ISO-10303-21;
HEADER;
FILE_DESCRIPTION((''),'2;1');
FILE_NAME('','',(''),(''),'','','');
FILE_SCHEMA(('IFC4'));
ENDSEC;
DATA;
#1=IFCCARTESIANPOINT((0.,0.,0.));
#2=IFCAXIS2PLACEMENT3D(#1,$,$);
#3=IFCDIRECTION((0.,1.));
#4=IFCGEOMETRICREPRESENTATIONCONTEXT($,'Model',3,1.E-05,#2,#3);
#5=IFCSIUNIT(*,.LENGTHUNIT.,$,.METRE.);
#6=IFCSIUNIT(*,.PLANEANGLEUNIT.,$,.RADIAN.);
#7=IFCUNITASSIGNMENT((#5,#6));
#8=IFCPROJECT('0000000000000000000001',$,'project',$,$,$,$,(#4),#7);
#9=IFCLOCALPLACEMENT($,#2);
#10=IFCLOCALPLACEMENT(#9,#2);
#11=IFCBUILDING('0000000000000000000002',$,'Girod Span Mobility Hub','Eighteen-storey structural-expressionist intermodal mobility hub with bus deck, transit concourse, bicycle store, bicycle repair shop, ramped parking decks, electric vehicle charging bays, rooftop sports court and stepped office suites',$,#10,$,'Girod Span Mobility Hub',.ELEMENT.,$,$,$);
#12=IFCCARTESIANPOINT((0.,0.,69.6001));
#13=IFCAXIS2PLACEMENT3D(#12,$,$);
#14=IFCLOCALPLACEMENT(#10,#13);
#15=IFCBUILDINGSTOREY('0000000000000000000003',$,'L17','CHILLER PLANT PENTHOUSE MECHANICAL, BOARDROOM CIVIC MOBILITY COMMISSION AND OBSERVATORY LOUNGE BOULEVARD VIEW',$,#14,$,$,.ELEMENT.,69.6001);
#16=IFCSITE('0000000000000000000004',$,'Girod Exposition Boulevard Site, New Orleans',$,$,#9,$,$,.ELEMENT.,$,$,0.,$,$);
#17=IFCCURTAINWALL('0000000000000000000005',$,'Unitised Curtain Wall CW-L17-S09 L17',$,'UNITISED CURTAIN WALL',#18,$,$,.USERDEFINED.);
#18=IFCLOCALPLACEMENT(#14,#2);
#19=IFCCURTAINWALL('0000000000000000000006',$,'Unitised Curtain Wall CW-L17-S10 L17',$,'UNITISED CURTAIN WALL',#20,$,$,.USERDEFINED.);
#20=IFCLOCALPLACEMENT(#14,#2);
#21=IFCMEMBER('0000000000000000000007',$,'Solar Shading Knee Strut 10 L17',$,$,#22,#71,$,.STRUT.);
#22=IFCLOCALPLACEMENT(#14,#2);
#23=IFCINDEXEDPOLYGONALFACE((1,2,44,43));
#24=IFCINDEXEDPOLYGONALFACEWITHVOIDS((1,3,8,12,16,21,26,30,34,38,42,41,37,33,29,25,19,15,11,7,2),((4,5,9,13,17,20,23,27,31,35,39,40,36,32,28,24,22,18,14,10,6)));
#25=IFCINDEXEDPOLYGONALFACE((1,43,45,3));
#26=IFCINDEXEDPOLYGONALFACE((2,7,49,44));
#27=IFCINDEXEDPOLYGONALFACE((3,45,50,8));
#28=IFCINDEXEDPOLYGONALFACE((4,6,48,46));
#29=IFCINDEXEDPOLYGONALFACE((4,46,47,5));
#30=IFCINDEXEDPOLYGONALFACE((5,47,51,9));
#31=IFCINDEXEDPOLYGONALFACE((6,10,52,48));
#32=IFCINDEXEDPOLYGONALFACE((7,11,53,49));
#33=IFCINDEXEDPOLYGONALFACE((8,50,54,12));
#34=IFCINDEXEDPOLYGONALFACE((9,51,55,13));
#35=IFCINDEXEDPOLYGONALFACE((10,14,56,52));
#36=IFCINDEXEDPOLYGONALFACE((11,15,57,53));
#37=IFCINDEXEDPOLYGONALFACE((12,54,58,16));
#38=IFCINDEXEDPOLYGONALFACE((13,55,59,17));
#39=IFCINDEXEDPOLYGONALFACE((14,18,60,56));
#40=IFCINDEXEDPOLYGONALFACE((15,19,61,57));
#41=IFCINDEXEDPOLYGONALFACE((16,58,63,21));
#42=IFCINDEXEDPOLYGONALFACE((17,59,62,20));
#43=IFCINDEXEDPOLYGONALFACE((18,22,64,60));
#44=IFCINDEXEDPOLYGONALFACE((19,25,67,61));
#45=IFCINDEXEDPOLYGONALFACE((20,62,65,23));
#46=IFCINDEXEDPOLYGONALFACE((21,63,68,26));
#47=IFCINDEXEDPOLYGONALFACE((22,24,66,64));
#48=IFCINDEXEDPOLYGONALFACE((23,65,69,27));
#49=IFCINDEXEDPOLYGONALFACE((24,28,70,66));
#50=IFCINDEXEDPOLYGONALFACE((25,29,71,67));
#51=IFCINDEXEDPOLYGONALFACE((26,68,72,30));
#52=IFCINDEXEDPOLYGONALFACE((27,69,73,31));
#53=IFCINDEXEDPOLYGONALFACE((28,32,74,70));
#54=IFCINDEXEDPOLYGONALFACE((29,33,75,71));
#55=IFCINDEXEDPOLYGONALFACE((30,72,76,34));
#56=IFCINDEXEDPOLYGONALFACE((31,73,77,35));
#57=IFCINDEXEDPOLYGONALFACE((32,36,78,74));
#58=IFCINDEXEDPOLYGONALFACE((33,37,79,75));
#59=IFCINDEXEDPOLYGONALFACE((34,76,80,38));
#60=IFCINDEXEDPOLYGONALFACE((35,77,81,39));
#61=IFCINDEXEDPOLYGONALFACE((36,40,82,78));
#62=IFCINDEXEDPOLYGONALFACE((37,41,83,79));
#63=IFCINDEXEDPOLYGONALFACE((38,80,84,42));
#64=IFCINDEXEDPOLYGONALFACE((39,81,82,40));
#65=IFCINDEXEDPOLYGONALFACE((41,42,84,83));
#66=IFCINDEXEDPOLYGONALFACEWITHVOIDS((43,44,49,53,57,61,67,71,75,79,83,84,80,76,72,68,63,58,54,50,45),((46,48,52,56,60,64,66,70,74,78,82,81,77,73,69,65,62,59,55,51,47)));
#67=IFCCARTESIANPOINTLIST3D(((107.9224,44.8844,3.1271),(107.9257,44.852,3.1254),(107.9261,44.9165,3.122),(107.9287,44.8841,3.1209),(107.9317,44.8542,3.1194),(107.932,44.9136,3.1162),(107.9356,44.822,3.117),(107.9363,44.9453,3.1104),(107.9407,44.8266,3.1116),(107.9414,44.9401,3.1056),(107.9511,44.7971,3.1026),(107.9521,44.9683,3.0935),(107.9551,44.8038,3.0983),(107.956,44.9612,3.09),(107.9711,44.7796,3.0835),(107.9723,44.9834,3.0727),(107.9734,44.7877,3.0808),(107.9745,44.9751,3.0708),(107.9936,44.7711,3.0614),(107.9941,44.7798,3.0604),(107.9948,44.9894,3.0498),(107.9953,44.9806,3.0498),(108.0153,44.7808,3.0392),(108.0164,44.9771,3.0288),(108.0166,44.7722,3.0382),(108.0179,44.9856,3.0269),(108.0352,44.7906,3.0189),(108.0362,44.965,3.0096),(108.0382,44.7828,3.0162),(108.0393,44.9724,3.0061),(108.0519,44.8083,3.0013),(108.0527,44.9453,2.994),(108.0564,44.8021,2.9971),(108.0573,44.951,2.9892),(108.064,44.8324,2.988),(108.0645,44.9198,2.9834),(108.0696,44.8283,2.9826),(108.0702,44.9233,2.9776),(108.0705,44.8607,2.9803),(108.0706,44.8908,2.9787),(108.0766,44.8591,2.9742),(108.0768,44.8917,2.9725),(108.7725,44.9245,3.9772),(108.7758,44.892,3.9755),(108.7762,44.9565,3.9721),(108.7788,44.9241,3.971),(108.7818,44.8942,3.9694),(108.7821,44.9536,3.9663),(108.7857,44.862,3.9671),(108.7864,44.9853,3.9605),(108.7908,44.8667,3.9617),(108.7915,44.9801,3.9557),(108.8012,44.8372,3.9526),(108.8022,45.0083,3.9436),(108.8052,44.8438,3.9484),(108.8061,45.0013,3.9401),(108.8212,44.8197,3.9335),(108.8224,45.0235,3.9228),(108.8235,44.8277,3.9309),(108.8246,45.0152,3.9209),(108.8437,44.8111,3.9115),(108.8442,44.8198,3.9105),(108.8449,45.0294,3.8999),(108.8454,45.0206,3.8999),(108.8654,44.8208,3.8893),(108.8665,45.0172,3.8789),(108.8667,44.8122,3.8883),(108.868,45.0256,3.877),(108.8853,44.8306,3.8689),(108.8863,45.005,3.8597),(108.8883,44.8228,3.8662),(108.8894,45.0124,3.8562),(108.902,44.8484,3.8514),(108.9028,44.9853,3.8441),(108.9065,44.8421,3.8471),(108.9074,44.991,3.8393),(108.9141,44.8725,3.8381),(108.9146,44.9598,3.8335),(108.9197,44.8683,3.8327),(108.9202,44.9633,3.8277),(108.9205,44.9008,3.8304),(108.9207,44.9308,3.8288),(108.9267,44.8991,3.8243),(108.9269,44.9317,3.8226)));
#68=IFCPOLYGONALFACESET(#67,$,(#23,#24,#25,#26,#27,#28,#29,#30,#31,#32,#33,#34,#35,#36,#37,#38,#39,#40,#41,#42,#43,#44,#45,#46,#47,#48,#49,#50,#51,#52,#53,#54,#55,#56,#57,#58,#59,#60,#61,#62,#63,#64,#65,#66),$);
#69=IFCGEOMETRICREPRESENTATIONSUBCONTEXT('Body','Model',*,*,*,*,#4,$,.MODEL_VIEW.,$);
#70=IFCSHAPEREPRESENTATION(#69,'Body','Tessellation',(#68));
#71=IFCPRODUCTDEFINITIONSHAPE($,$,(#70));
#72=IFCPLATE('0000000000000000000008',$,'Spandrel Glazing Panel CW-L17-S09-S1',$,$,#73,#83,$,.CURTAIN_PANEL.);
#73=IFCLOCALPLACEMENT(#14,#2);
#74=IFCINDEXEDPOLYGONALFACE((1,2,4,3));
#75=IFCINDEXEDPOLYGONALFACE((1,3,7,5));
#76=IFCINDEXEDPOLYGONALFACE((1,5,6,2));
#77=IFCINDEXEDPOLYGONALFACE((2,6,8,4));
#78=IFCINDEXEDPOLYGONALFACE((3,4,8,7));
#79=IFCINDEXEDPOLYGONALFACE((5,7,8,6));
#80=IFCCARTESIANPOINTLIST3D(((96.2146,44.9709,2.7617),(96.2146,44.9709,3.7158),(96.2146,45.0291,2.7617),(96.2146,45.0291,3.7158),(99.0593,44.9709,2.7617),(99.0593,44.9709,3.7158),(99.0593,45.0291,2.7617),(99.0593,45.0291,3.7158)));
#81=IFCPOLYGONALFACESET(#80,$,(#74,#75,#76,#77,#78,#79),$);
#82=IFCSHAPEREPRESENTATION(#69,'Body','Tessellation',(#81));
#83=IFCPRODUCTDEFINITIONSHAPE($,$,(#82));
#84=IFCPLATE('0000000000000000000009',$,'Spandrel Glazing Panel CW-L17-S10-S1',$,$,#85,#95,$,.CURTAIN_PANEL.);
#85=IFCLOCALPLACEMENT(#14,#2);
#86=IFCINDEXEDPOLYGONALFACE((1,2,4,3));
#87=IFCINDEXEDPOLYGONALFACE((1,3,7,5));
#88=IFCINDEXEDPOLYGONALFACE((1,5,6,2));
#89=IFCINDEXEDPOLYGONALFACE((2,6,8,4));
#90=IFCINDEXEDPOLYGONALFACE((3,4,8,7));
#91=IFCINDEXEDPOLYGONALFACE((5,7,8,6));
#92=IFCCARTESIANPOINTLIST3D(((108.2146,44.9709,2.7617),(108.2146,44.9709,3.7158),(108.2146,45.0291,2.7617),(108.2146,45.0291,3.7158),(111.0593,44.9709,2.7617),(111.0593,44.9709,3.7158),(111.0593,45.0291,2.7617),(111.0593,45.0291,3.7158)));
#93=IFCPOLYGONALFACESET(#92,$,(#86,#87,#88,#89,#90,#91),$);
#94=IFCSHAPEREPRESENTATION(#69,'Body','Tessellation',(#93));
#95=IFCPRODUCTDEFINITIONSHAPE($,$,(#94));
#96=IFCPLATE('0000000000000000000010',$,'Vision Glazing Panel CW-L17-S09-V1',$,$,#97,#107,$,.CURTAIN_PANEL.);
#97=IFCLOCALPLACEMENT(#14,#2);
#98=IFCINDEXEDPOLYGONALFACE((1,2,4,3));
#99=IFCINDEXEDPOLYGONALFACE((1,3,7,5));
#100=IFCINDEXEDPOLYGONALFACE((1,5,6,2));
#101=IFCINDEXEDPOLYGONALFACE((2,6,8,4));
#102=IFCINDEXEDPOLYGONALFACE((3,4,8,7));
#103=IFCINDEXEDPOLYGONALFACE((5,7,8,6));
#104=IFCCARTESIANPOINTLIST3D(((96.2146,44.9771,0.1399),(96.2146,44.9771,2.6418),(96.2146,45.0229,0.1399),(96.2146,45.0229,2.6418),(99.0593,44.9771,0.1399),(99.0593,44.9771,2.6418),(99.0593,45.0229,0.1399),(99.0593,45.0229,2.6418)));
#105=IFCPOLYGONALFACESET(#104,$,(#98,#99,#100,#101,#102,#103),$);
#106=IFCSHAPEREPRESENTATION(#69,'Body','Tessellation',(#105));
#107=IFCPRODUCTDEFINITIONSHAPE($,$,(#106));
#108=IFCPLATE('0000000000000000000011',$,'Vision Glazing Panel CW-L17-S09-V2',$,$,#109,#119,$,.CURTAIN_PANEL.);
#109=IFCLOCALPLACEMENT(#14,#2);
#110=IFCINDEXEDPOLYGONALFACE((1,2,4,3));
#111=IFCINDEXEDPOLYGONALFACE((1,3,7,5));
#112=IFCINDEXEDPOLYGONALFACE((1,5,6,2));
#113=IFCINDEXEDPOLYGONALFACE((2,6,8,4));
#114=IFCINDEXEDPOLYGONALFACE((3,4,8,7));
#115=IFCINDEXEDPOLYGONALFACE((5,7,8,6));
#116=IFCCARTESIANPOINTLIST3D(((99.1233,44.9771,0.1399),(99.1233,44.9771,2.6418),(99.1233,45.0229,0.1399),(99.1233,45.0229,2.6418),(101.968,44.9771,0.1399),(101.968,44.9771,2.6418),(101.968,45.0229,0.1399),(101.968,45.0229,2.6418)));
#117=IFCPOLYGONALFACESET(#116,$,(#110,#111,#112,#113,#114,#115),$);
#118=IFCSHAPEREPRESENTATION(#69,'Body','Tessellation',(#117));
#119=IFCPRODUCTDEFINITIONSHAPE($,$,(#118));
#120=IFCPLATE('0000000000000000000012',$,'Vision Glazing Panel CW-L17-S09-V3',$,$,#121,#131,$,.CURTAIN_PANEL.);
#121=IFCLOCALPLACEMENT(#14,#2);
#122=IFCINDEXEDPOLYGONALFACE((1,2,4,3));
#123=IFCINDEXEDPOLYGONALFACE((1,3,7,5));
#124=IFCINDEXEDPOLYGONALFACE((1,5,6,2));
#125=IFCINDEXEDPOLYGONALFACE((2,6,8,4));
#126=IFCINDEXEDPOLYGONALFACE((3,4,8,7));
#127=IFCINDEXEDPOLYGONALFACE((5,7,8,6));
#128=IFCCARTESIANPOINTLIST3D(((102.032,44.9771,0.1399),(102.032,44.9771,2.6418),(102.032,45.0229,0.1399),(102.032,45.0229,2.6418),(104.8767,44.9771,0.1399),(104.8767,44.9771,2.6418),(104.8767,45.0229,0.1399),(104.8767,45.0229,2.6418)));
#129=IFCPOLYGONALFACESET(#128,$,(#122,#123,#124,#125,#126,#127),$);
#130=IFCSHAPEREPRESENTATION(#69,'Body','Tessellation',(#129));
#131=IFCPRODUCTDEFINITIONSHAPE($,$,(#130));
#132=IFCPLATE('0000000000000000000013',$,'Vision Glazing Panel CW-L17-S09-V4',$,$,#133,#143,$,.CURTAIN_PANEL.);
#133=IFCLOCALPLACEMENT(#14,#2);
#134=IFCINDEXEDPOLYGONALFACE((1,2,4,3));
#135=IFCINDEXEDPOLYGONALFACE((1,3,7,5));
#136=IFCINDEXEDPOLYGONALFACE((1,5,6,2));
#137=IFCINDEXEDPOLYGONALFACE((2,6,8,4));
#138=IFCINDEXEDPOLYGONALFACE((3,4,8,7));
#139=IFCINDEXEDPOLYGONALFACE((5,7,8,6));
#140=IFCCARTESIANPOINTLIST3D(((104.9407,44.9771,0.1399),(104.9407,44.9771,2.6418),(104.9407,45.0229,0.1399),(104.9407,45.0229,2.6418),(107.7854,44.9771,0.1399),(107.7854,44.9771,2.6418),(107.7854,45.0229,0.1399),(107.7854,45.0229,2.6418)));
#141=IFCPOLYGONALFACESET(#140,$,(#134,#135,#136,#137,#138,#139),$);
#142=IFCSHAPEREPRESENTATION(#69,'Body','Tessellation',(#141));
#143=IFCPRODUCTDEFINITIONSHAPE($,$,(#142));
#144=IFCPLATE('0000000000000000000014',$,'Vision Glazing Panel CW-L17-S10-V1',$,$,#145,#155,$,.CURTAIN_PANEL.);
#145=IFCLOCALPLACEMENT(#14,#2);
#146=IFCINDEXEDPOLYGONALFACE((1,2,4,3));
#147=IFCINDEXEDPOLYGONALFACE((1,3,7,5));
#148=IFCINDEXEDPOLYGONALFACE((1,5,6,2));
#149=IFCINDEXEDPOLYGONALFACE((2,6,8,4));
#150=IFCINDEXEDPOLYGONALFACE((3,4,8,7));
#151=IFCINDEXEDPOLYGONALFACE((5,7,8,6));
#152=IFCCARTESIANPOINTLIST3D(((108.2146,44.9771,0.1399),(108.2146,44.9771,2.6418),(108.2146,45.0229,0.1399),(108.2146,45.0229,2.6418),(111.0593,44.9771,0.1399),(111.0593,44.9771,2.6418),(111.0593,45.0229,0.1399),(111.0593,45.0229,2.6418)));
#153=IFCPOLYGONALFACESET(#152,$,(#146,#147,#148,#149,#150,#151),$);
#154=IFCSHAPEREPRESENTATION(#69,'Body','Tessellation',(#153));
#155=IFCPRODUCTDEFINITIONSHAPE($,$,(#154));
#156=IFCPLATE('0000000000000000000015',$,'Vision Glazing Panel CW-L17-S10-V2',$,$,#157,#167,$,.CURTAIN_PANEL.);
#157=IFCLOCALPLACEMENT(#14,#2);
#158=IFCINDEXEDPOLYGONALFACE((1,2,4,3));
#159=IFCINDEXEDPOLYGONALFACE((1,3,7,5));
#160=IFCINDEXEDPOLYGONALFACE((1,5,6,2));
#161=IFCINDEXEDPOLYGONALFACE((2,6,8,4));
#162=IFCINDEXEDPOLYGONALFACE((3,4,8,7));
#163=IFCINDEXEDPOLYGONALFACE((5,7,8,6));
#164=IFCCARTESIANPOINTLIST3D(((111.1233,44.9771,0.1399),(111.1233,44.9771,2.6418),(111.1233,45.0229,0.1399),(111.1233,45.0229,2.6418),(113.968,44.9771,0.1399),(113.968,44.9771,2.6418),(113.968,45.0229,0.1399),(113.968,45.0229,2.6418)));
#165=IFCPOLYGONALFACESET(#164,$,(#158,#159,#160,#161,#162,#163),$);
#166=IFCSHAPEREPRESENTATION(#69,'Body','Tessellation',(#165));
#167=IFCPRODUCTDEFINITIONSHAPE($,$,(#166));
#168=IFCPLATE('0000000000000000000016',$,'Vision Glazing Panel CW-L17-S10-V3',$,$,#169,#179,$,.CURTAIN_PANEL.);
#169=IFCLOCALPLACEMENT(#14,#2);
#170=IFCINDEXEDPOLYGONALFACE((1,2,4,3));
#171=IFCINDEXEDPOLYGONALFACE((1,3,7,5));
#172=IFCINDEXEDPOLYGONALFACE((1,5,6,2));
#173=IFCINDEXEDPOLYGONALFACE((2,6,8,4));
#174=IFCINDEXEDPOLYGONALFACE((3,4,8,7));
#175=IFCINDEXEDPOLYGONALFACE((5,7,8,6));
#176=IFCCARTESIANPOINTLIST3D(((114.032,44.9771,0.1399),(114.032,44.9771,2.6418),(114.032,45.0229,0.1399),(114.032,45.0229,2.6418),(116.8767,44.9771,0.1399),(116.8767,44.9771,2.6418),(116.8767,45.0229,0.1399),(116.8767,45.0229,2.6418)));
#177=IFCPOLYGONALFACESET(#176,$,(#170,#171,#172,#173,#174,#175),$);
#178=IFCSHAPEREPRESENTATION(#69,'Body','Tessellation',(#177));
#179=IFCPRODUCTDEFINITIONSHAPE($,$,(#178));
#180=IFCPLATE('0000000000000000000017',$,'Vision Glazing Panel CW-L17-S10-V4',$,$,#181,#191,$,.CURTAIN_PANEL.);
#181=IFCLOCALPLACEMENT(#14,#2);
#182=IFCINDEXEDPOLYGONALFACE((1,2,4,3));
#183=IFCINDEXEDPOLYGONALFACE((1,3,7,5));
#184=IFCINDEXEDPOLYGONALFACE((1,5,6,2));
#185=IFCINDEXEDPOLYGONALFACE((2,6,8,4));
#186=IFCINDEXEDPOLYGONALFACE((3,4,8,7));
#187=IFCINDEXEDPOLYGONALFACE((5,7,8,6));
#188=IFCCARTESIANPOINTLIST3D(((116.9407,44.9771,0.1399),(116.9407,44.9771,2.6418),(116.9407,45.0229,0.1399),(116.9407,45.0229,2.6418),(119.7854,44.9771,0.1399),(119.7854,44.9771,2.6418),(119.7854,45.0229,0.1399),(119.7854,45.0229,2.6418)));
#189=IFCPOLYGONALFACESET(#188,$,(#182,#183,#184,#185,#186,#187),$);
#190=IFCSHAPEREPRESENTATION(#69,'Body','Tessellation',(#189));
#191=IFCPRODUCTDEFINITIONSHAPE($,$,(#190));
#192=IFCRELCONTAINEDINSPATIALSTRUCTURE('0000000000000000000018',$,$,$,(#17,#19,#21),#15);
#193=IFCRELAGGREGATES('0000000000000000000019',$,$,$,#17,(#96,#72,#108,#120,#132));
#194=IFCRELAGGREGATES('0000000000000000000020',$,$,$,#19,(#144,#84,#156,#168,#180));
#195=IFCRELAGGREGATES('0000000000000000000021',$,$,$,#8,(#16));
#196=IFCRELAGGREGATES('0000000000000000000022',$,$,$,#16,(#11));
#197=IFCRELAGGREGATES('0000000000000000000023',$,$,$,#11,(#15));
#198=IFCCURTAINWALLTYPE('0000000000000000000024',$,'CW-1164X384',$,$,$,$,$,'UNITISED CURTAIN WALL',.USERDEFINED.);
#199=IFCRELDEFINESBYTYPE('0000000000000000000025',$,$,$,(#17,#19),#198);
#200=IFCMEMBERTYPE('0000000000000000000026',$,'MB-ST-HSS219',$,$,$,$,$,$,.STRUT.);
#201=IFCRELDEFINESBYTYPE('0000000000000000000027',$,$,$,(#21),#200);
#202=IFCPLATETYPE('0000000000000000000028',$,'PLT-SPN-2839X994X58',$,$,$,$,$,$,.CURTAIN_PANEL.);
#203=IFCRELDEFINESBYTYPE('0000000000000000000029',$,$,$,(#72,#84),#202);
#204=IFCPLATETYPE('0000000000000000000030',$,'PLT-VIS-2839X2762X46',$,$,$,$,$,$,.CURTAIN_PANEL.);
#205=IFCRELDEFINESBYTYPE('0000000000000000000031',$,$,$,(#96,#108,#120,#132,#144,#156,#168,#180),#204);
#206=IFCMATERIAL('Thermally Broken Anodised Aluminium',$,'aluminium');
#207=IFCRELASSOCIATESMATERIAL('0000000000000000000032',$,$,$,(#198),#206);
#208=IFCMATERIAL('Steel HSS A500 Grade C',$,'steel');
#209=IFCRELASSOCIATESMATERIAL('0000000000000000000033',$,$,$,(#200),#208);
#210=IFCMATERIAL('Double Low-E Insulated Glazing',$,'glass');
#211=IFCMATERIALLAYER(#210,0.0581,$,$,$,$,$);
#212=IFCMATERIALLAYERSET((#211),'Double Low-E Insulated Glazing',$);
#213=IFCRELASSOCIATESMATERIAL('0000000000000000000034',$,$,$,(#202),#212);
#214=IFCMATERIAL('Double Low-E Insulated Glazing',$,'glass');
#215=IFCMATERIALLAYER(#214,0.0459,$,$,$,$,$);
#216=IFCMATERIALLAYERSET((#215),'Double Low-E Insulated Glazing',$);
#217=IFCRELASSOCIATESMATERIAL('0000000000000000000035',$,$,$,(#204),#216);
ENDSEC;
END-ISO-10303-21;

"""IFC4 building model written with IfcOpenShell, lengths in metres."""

from ifc_helpers import new_model, si_unit, direction, frame, origin, origin_2d, place, context, subcontext, project, spatial, rectangle, hollow_circle, extrude, material, layer, layer_set, material_profile, profile_set, type_object, element, aggregate, save


model = new_model("IFC4")

# Units and contexts
model_context = context("Model", 3, precision=1e-05, world=origin(), true_north=direction((0.0, 1.0)))
body_context = subcontext(model_context, "Body", "Model", "MODEL_VIEW")
ifc_project = project(units=[si_unit("LENGTHUNIT", "METRE"), si_unit("PLANEANGLEUNIT", "RADIAN")], contexts=[model_context])

# Site, building, storey
site_placement = place(None, origin())
site = spatial("IfcSite", under=ifc_project, at=site_placement, Name="Girod Exposition Boulevard Site, New Orleans", CompositionType="ELEMENT", RefElevation=0.0)
building_placement = place(site_placement, origin())
building = spatial("IfcBuilding", under=site, at=building_placement, Name="Girod Span Mobility Hub", Description="Eighteen-storey structural-expressionist intermodal mobility hub with bus deck, transit concourse, bicycle store, bicycle repair shop, ramped parking decks, electric vehicle charging bays, rooftop sports court and stepped office suites", LongName="Girod Span Mobility Hub", CompositionType="ELEMENT")
storey_placement = place(building_placement, frame((0.0, 0.0, 69.6001)))
storey = spatial("IfcBuildingStorey", under=building, at=storey_placement, Name="L17", Description="CHILLER PLANT PENTHOUSE MECHANICAL, BOARDROOM CIVIC MOBILITY COMMISSION AND OBSERVATORY LOUNGE BOULEVARD VIEW", CompositionType="ELEMENT", Elevation=69.6001)

# Curtain walls
ifc_material_1 = material(Name="Thermally Broken Anodised Aluminium", Category="aluminium")
curtain_wall_type = type_object("IfcCurtainWallType", Name="CW-1164X384", ElementType="UNITISED CURTAIN WALL", PredefinedType="USERDEFINED", material=ifc_material_1)
curtain_wall_1_placement = place(storey_placement, origin())
curtain_wall_1 = element("IfcCurtainWall", 1, at=curtain_wall_1_placement, inside=storey, type_object=curtain_wall_type, Name="Unitised Curtain Wall CW-L17-S09 L17", ObjectType="UNITISED CURTAIN WALL", PredefinedType="USERDEFINED")
curtain_wall_2_placement = place(storey_placement, origin())
curtain_wall_2 = element("IfcCurtainWall", 2, at=curtain_wall_2_placement, inside=storey, type_object=curtain_wall_type, Name="Unitised Curtain Wall CW-L17-S10 L17", ObjectType="UNITISED CURTAIN WALL", PredefinedType="USERDEFINED")

# Member
ifc_material_2 = material(Name="Steel HSS A500 Grade C", Category="steel")
ifc_material_profile_1 = material_profile(ifc_material_2, hollow_circle(Radius=0.1096, WallThickness=0.0088, at=origin_2d()), Name="HSS219X9.5")
ifc_profile_set_1 = profile_set([ifc_material_profile_1], Name="Steel HSS A500 Grade C")
member_type_1 = type_object("IfcMemberType", Name="MB-ST-HSS219", PredefinedType="STRUT", material=ifc_profile_set_1)
member_1_placement = place(storey_placement, frame((108.0, 44.8799, 3.0498), z_axis=(0.706715, 0.033286, 0.706715), x_axis=(-0.047047, 0.998893, 0.0)))
element("IfcMember", 3, at=member_1_placement, inside=storey, type_object=member_type_1, Name="Solar Shading Knee Strut 10 L17", PredefinedType="STRUT", context=body_context, shape_type="SweptSolid", body=[
    extrude(hollow_circle(Radius=0.1096, WallThickness=0.0088, at=origin_2d()), origin(), (0.0, 0.0, 1.0), 1.2029),
])

# Plates
ifc_material_3 = material(Name="Double Low-E Insulated Glazing", Category="glass")
ifc_layer_1 = layer(ifc_material_3, 0.0581)
ifc_layer_set_1 = layer_set([ifc_layer_1], Name="Double Low-E Insulated Glazing")
plate_type_1 = type_object("IfcPlateType", Name="PLT-SPN-2839X994X58", PredefinedType="CURTAIN_PANEL", material=ifc_layer_set_1)
plate_1_placement = place(storey_placement, frame((97.637, 45.0, 2.7617), z_axis=(0.0, 0.0, 1.0), x_axis=(1.0, 0.0, 0.0)))
plate_1 = element("IfcPlate", 4, at=plate_1_placement, type_object=plate_type_1, Name="Spandrel Glazing Panel CW-L17-S09-S1", PredefinedType="CURTAIN_PANEL", context=body_context, shape_type="SweptSolid", body=[
    extrude(rectangle(XDim=2.8447, YDim=0.0581, at=origin_2d()), origin(), (0.0, 0.0, 1.0), 0.9541),
])
plate_2_placement = place(storey_placement, frame((109.637, 45.0, 2.7617), z_axis=(0.0, 0.0, 1.0), x_axis=(1.0, 0.0, 0.0)))
plate_2 = element("IfcPlate", 5, at=plate_2_placement, type_object=plate_type_1, Name="Spandrel Glazing Panel CW-L17-S10-S1", PredefinedType="CURTAIN_PANEL", context=body_context, shape_type="SweptSolid", body=[
    extrude(rectangle(XDim=2.8447, YDim=0.0581, at=origin_2d()), origin(), (0.0, 0.0, 1.0), 0.9541),
])
ifc_material_4 = material(Name="Double Low-E Insulated Glazing", Category="glass")
ifc_layer_2 = layer(ifc_material_4, 0.0459)
ifc_layer_set_2 = layer_set([ifc_layer_2], Name="Double Low-E Insulated Glazing")
plate_type_2 = type_object("IfcPlateType", Name="PLT-VIS-2839X2762X46", PredefinedType="CURTAIN_PANEL", material=ifc_layer_set_2)
plate_3_placement = place(storey_placement, frame((97.637, 45.0, 0.1399), z_axis=(0.0, 0.0, 1.0), x_axis=(1.0, 0.0, 0.0)))
plate_3 = element("IfcPlate", 6, at=plate_3_placement, type_object=plate_type_2, Name="Vision Glazing Panel CW-L17-S09-V1", PredefinedType="CURTAIN_PANEL", context=body_context, shape_type="SweptSolid", body=[
    extrude(rectangle(XDim=2.8447, YDim=0.0459, at=origin_2d()), origin(), (0.0, 0.0, 1.0), 2.502),
])
plate_4_placement = place(storey_placement, frame((100.5457, 45.0, 0.1399), z_axis=(0.0, 0.0, 1.0), x_axis=(1.0, 0.0, 0.0)))
plate_4 = element("IfcPlate", 7, at=plate_4_placement, type_object=plate_type_2, Name="Vision Glazing Panel CW-L17-S09-V2", PredefinedType="CURTAIN_PANEL", context=body_context, shape_type="SweptSolid", body=[
    extrude(rectangle(XDim=2.8447, YDim=0.0459, at=origin_2d()), origin(), (0.0, 0.0, 1.0), 2.502),
])
plate_5_placement = place(storey_placement, frame((103.4543, 45.0, 0.1399), z_axis=(0.0, 0.0, 1.0), x_axis=(1.0, 0.0, 0.0)))
plate_5 = element("IfcPlate", 8, at=plate_5_placement, type_object=plate_type_2, Name="Vision Glazing Panel CW-L17-S09-V3", PredefinedType="CURTAIN_PANEL", context=body_context, shape_type="SweptSolid", body=[
    extrude(rectangle(XDim=2.8447, YDim=0.0459, at=origin_2d()), origin(), (0.0, 0.0, 1.0), 2.502),
])
plate_6_placement = place(storey_placement, frame((106.363, 45.0, 0.1399), z_axis=(0.0, 0.0, 1.0), x_axis=(1.0, 0.0, 0.0)))
plate_6 = element("IfcPlate", 9, at=plate_6_placement, type_object=plate_type_2, Name="Vision Glazing Panel CW-L17-S09-V4", PredefinedType="CURTAIN_PANEL", context=body_context, shape_type="SweptSolid", body=[
    extrude(rectangle(XDim=2.8447, YDim=0.0459, at=origin_2d()), origin(), (0.0, 0.0, 1.0), 2.502),
])
aggregate(curtain_wall_1, [plate_3, plate_1, plate_4, plate_5, plate_6])
plate_7_placement = place(storey_placement, frame((109.637, 45.0, 0.1399), z_axis=(0.0, 0.0, 1.0), x_axis=(1.0, 0.0, 0.0)))
plate_7 = element("IfcPlate", 10, at=plate_7_placement, type_object=plate_type_2, Name="Vision Glazing Panel CW-L17-S10-V1", PredefinedType="CURTAIN_PANEL", context=body_context, shape_type="SweptSolid", body=[
    extrude(rectangle(XDim=2.8447, YDim=0.0459, at=origin_2d()), origin(), (0.0, 0.0, 1.0), 2.502),
])
plate_8_placement = place(storey_placement, frame((112.5457, 45.0, 0.1399), z_axis=(0.0, 0.0, 1.0), x_axis=(1.0, 0.0, 0.0)))
plate_8 = element("IfcPlate", 11, at=plate_8_placement, type_object=plate_type_2, Name="Vision Glazing Panel CW-L17-S10-V2", PredefinedType="CURTAIN_PANEL", context=body_context, shape_type="SweptSolid", body=[
    extrude(rectangle(XDim=2.8447, YDim=0.0459, at=origin_2d()), origin(), (0.0, 0.0, 1.0), 2.502),
])
plate_9_placement = place(storey_placement, frame((115.4543, 45.0, 0.1399), z_axis=(0.0, 0.0, 1.0), x_axis=(1.0, 0.0, 0.0)))
plate_9 = element("IfcPlate", 12, at=plate_9_placement, type_object=plate_type_2, Name="Vision Glazing Panel CW-L17-S10-V3", PredefinedType="CURTAIN_PANEL", context=body_context, shape_type="SweptSolid", body=[
    extrude(rectangle(XDim=2.8447, YDim=0.0459, at=origin_2d()), origin(), (0.0, 0.0, 1.0), 2.502),
])
plate_10_placement = place(storey_placement, frame((118.363, 45.0, 0.1399), z_axis=(0.0, 0.0, 1.0), x_axis=(1.0, 0.0, 0.0)))
plate_10 = element("IfcPlate", 13, at=plate_10_placement, type_object=plate_type_2, Name="Vision Glazing Panel CW-L17-S10-V4", PredefinedType="CURTAIN_PANEL", context=body_context, shape_type="SweptSolid", body=[
    extrude(rectangle(XDim=2.8447, YDim=0.0459, at=origin_2d()), origin(), (0.0, 0.0, 1.0), 2.502),
])
aggregate(curtain_wall_2, [plate_7, plate_2, plate_8, plate_9, plate_10])

save(model, "model.ifc")
